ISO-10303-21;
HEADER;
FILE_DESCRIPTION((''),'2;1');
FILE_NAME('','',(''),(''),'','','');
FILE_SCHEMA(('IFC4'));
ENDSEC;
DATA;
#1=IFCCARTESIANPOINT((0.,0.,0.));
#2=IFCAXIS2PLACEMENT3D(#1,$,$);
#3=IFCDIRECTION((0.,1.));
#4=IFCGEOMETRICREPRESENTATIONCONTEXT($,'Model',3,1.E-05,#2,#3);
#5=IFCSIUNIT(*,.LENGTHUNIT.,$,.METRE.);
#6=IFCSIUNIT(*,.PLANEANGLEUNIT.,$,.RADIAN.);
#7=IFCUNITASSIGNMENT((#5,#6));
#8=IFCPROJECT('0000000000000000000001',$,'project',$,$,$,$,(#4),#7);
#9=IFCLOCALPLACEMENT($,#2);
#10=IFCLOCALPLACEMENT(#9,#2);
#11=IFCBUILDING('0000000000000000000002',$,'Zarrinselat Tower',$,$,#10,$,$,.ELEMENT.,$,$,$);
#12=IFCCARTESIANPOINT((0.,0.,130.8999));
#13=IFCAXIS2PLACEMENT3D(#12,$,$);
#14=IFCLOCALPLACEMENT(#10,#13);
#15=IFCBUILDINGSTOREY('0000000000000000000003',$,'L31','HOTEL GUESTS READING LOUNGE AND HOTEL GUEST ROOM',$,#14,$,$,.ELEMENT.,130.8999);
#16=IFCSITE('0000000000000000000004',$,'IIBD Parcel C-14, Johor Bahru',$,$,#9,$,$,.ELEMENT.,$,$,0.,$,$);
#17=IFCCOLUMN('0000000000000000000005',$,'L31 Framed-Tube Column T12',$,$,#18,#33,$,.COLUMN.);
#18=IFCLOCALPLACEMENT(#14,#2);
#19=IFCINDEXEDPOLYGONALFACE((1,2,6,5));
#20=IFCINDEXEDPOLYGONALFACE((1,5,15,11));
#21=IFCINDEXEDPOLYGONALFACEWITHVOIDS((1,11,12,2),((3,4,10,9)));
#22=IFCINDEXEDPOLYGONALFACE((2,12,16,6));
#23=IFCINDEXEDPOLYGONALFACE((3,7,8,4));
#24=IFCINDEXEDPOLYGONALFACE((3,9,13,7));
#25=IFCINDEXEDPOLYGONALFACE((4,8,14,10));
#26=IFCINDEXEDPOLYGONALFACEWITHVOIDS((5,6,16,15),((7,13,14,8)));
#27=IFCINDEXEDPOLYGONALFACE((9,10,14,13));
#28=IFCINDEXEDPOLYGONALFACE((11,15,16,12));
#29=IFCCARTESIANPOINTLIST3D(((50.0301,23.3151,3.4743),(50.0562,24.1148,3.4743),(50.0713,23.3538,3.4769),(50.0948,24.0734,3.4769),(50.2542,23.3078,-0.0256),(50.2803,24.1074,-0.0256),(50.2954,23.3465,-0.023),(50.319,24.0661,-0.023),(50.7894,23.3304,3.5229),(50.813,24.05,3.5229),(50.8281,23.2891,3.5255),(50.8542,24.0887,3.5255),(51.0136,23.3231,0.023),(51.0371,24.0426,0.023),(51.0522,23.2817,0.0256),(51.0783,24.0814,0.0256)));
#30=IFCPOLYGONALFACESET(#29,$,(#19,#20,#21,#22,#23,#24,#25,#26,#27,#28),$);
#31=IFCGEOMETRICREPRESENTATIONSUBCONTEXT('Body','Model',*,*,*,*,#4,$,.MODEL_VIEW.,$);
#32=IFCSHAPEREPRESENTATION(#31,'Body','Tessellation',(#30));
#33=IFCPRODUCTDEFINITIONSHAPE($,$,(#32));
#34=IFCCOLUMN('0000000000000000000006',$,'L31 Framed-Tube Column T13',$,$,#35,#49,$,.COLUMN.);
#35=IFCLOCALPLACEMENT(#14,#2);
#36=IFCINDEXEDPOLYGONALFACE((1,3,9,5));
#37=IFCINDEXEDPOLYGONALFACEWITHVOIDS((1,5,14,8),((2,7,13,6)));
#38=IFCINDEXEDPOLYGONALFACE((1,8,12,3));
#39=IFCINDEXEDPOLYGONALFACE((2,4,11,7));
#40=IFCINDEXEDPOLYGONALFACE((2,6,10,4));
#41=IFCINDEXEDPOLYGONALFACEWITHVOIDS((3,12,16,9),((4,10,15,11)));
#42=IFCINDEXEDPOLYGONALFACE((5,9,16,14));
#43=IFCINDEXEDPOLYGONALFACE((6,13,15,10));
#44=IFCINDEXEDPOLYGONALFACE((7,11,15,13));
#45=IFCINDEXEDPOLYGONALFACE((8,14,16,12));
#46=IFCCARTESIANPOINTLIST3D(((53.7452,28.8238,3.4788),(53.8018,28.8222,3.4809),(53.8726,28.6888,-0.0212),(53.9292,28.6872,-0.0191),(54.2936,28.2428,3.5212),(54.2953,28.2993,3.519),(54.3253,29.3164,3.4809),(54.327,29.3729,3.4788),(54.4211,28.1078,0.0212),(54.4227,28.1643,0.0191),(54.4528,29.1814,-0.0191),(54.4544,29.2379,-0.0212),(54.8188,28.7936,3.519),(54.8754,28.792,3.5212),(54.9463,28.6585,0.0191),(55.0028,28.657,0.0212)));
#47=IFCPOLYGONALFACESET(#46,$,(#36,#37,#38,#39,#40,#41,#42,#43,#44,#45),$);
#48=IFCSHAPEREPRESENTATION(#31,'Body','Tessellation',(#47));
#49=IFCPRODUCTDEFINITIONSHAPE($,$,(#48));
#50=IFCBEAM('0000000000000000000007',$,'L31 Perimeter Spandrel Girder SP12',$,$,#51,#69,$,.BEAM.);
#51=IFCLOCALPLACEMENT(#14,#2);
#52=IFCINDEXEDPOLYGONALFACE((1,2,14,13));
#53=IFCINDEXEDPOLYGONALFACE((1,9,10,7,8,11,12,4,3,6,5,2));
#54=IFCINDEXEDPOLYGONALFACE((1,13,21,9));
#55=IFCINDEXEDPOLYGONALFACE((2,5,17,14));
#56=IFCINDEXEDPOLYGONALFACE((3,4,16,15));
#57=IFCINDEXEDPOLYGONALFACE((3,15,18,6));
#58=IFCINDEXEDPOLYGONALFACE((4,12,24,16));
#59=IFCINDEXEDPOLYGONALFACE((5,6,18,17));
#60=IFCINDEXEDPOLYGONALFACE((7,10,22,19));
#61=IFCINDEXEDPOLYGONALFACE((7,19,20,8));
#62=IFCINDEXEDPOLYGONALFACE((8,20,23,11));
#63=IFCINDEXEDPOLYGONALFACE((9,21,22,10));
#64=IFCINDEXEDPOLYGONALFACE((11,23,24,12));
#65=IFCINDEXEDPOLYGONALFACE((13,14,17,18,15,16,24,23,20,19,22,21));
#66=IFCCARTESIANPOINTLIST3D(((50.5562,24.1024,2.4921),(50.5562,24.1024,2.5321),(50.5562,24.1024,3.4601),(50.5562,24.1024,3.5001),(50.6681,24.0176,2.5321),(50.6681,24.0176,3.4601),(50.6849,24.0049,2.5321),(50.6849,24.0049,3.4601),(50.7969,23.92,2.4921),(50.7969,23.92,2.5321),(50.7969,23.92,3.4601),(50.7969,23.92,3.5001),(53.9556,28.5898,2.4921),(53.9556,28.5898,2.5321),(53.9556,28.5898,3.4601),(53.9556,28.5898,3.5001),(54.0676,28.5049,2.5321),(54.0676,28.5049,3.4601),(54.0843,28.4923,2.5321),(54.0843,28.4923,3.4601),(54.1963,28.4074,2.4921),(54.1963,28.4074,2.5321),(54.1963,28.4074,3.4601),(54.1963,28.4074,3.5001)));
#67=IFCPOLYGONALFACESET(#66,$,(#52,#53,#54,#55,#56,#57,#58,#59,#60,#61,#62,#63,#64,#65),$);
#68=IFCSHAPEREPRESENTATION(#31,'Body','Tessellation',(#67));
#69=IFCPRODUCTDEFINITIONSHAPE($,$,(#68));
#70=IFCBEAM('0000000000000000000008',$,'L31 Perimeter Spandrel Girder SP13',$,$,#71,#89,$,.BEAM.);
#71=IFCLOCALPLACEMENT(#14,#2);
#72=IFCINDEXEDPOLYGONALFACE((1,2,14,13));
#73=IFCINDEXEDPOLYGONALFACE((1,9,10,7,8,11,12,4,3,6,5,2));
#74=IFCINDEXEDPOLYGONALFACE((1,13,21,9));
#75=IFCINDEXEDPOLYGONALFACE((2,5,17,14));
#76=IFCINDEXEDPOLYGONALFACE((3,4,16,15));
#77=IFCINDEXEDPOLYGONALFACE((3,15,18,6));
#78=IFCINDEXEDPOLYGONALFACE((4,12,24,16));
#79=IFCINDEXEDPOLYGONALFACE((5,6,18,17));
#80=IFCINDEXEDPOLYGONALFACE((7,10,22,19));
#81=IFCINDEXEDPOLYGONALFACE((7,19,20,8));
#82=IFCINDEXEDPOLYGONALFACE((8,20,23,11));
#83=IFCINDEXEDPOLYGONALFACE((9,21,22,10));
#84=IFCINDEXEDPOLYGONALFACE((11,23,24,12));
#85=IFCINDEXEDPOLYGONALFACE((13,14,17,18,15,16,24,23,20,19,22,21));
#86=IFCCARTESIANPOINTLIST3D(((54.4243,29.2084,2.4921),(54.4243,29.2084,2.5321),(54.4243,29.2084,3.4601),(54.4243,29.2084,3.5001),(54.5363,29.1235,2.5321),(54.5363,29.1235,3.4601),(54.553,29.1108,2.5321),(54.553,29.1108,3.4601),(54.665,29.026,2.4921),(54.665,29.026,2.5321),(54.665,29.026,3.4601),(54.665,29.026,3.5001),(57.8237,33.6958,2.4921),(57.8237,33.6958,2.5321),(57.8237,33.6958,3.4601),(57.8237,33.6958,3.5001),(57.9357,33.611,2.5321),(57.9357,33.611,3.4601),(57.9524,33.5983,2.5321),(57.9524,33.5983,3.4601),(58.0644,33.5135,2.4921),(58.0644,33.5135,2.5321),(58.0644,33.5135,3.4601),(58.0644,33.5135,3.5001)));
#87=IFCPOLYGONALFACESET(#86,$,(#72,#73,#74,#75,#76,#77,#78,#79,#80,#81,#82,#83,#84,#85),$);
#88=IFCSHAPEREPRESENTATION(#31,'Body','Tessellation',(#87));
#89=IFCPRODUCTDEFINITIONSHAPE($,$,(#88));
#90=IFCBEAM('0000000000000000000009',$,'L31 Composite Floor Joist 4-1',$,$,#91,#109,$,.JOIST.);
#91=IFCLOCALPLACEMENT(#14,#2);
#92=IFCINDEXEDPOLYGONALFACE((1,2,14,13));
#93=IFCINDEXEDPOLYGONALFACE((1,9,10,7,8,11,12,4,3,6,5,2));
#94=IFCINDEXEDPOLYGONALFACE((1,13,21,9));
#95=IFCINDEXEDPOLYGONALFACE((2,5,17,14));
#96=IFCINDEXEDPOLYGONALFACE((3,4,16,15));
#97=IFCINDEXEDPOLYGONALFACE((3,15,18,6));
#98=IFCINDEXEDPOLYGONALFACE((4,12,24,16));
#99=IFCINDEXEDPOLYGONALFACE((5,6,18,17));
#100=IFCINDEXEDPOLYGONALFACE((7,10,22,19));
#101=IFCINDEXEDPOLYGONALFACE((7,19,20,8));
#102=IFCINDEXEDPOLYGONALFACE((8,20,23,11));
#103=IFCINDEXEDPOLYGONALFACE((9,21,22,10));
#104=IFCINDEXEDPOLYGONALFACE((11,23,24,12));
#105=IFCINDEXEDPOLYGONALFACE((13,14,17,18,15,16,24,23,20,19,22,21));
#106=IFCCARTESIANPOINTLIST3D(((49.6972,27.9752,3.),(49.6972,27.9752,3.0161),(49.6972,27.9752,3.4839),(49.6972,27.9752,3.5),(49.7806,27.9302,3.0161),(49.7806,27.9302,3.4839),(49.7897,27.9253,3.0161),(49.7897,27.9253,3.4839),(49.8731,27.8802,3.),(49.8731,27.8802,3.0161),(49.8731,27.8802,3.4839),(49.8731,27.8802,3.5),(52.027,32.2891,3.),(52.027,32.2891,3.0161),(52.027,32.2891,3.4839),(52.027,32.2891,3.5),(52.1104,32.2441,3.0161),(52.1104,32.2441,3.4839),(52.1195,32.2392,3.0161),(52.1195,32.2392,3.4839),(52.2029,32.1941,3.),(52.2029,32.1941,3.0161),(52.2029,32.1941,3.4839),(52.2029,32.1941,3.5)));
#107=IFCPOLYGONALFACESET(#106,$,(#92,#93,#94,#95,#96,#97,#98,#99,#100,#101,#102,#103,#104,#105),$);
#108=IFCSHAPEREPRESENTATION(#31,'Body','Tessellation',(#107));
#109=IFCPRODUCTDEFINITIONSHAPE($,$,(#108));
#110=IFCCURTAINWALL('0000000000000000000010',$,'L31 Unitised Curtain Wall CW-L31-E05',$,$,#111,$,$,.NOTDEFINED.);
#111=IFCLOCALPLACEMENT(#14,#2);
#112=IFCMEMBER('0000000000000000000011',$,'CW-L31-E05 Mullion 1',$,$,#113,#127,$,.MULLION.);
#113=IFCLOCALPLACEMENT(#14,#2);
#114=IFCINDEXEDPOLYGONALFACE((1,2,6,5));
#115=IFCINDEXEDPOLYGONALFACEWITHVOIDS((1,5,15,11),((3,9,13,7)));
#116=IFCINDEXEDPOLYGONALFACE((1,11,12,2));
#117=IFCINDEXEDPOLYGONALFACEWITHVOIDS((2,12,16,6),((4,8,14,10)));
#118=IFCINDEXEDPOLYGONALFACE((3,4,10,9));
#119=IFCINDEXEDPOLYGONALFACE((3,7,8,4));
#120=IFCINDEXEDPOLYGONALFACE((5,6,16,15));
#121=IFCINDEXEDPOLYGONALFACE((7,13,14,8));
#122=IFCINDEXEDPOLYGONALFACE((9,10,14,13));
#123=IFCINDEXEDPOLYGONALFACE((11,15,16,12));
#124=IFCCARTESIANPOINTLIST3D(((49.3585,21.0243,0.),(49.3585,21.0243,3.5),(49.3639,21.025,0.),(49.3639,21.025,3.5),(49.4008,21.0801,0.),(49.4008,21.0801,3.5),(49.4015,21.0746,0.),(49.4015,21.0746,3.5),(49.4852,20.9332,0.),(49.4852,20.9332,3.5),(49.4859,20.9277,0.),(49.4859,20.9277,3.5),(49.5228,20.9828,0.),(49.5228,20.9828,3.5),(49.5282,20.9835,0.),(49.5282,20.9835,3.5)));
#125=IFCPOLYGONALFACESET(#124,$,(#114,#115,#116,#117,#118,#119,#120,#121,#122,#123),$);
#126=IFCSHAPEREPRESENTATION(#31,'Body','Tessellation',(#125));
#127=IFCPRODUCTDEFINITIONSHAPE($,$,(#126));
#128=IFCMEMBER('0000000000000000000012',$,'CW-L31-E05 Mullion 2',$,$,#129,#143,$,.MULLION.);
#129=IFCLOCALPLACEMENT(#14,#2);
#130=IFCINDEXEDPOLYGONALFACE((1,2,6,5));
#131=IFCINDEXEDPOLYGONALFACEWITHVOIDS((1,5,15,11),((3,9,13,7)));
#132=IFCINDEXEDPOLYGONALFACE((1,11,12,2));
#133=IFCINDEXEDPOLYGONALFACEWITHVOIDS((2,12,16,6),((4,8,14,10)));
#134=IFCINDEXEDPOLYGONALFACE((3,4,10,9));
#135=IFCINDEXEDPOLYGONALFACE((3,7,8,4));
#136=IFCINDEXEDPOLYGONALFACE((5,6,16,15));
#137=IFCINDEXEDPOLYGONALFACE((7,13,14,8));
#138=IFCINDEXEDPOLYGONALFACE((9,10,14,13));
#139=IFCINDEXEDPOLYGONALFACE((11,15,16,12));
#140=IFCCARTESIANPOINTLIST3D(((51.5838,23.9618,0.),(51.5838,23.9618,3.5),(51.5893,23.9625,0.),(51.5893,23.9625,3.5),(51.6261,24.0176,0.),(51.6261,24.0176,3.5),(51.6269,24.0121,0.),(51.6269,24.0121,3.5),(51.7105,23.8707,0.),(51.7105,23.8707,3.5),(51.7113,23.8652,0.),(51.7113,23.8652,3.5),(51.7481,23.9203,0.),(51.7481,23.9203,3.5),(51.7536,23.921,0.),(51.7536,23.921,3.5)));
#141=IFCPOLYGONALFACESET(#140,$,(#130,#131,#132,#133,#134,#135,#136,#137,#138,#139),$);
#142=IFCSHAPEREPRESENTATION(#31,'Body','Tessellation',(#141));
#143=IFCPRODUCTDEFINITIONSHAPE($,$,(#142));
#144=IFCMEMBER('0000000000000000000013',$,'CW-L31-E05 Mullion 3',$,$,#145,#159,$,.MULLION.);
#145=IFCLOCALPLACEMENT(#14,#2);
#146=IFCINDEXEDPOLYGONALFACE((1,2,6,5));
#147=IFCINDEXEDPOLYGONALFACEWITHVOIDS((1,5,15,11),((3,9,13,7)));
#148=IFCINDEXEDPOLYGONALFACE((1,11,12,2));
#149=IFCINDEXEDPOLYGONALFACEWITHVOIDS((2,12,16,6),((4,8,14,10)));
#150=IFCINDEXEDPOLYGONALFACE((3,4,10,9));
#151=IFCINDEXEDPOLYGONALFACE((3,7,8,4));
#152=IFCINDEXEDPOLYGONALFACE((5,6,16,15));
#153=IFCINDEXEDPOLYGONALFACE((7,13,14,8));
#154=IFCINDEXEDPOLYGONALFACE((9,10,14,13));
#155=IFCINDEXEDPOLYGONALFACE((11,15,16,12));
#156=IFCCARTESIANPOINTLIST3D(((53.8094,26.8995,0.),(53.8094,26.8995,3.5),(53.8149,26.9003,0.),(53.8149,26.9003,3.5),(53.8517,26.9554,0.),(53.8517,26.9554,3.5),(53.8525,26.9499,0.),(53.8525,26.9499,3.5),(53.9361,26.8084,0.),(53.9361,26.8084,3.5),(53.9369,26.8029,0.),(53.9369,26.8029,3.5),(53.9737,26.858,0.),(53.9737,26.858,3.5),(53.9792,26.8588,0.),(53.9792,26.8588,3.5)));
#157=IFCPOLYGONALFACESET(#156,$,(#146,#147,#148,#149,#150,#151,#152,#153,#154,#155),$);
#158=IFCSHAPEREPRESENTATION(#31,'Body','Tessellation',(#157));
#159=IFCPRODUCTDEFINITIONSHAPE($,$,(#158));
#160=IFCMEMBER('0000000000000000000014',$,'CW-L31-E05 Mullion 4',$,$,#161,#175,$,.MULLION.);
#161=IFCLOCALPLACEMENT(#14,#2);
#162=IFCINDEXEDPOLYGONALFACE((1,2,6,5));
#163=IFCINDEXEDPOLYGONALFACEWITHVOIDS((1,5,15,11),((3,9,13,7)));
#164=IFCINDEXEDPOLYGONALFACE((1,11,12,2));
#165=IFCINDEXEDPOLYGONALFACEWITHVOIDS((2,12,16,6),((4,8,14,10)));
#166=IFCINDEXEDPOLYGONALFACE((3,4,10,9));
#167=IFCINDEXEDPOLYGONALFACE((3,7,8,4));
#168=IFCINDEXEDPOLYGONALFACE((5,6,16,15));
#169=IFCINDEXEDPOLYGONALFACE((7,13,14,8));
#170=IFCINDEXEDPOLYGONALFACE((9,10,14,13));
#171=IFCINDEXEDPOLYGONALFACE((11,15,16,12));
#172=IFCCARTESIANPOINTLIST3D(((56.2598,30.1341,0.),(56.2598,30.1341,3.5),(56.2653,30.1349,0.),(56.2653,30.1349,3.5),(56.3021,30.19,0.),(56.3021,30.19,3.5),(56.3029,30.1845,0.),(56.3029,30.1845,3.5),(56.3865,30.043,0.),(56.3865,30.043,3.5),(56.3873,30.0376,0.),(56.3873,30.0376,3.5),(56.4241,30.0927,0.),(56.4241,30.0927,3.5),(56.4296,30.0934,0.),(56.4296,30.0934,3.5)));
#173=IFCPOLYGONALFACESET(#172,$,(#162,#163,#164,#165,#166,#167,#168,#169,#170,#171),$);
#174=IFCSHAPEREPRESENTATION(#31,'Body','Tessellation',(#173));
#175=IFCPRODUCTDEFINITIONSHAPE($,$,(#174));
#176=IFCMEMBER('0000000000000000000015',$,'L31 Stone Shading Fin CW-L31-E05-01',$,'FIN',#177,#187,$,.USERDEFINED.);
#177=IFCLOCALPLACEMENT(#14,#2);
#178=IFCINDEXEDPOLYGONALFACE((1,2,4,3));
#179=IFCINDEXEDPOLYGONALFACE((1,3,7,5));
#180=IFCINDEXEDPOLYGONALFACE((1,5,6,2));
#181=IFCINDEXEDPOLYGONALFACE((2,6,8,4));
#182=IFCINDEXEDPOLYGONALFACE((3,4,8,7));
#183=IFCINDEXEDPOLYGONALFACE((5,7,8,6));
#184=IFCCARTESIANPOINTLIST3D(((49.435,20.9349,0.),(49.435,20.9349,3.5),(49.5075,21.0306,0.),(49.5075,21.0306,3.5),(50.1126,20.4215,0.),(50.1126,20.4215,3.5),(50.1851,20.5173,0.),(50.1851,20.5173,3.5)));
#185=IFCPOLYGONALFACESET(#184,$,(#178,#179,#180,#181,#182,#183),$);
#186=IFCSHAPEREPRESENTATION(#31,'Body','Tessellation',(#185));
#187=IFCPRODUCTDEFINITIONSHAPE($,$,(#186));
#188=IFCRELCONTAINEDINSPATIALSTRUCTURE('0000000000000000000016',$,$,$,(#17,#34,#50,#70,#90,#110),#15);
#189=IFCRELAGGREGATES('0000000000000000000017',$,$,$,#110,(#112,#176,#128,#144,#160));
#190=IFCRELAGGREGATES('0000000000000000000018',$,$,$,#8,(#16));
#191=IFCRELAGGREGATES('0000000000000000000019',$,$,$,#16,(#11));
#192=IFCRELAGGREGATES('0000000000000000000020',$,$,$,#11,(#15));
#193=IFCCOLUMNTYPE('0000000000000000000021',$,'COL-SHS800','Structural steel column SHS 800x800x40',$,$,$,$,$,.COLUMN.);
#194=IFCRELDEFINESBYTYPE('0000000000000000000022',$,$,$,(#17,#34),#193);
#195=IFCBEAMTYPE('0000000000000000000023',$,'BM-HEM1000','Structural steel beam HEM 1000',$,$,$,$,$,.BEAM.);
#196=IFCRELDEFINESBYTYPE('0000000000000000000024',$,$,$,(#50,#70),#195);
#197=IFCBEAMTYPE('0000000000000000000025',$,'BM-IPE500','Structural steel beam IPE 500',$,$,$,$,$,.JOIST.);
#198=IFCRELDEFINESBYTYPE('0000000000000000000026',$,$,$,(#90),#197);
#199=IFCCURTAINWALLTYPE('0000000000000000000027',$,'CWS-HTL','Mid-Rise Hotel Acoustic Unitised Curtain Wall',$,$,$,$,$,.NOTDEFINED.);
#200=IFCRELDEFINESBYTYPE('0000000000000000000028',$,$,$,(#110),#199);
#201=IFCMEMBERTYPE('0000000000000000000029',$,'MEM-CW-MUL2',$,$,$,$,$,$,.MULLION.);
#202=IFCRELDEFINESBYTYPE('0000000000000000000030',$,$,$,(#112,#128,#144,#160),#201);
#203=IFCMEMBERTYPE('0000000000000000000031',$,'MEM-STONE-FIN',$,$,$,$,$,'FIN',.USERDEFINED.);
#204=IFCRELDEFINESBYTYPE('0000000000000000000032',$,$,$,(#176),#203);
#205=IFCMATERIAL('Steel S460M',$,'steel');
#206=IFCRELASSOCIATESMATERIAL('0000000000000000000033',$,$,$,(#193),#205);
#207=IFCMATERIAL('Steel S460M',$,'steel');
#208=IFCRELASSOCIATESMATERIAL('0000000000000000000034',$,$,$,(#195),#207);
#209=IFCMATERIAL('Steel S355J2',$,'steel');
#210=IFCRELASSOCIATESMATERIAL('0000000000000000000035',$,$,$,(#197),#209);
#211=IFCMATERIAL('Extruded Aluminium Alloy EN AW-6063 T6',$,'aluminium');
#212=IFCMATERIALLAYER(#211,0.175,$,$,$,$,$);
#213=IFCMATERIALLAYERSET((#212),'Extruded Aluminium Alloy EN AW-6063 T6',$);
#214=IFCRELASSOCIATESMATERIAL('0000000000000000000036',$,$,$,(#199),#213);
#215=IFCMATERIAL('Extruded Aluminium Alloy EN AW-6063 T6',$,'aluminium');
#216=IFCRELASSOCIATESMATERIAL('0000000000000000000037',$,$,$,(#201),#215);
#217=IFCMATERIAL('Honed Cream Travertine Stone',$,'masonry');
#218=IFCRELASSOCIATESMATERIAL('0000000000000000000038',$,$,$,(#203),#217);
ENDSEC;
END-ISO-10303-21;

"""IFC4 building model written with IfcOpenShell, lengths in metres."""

from ifc_helpers import new_model, si_unit, direction, frame, origin, origin_2d, place, context, subcontext, project, spatial, rectangle, hollow_rectangle, i_section, extrude, material, layer, layer_set, material_profile, profile_set, type_object, element, aggregate, save


model = new_model("IFC4")

# Units and contexts
model_context = context("Model", 3, precision=1e-05, world=origin(), true_north=direction((0.0, 1.0)))
body_context = subcontext(model_context, "Body", "Model", "MODEL_VIEW")
ifc_project = project(units=[si_unit("LENGTHUNIT", "METRE"), si_unit("PLANEANGLEUNIT", "RADIAN")], contexts=[model_context])

# Site, building, storey
site_placement = place(None, origin())
site = spatial("IfcSite", under=ifc_project, at=site_placement, Name="IIBD Parcel C-14, Johor Bahru", CompositionType="ELEMENT", RefElevation=0.0)
building_placement = place(site_placement, origin())
building = spatial("IfcBuilding", under=site, at=building_placement, Name="Zarrinselat Tower", CompositionType="ELEMENT")
storey_placement = place(building_placement, frame((0.0, 0.0, 130.8999)))
storey = spatial("IfcBuildingStorey", under=building, at=storey_placement, Name="L31", Description="HOTEL GUESTS READING LOUNGE AND HOTEL GUEST ROOM", CompositionType="ELEMENT", Elevation=130.8999)

# Columns
ifc_material_1 = material(Name="Steel S460M", Category="steel")
ifc_material_profile_1 = material_profile(ifc_material_1, hollow_rectangle(XDim=0.8, YDim=0.8, WallThickness=0.04, at=origin_2d()), Name="SHS 800x800x40")
ifc_profile_set_1 = profile_set([ifc_material_profile_1], Name="Steel S460M")
column_type = type_object("IfcColumnType", Name="COL-SHS800", Description="Structural steel column SHS 800x800x40", PredefinedType="COLUMN", material=ifc_profile_set_1)
column_1_placement = place(storey_placement, frame((50.6663, 23.6946, 0.0), z_axis=(-0.063904, 0.002088, 0.997954), x_axis=(-0.032662, -0.999466, 0.0)))
element("IfcColumn", 1, at=column_1_placement, inside=storey, type_object=column_type, Name="L31 Framed-Tube Column T12", PredefinedType="COLUMN", context=body_context, shape_type="SweptSolid", body=[
    extrude(hollow_rectangle(XDim=0.8, YDim=0.8, WallThickness=0.04, at=origin_2d()), origin(), (0.0, 0.0, 1.0), 3.5071),
])
column_2_placement = place(storey_placement, frame((54.4377, 28.6729, 0.0), z_axis=(-0.036361, 0.03852, 0.998596), x_axis=(-0.727195, -0.68643, 0.0)))
element("IfcColumn", 2, at=column_2_placement, inside=storey, type_object=column_type, Name="L31 Framed-Tube Column T13", PredefinedType="COLUMN", context=body_context, shape_type="SweptSolid", body=[
    extrude(hollow_rectangle(XDim=0.8, YDim=0.8, WallThickness=0.04, at=origin_2d()), origin(), (0.0, 0.0, 1.0), 3.5049),
])

# Beams
ifc_material_2 = material(Name="Steel S460M", Category="steel")
ifc_material_profile_2 = material_profile(ifc_material_2, i_section(OverallWidth=0.302, OverallDepth=1.0081, WebThickness=0.021, FlangeThickness=0.04, at=origin_2d()), Name="HEM 1000")
ifc_profile_set_2 = profile_set([ifc_material_profile_2], Name="Steel S460M")
beam_type_1 = type_object("IfcBeamType", Name="BM-HEM1000", Description="Structural steel beam HEM 1000", PredefinedType="BEAM", material=ifc_profile_set_2)
for number, where, z_axis, x_axis, name in (
    (3, (50.6765, 24.0112, 2.9961), (0.603851, 0.797097, 0.0), (-0.797097, 0.603851, 0.0), "L31 Perimeter Spandrel Girder SP12"),
    (4, (54.5447, 29.1172, 2.9961), (0.60383, 0.797113, 0.0), (-0.797113, 0.60383, 0.0), "L31 Perimeter Spandrel Girder SP13"),
):
    element("IfcBeam", number, at=place(storey_placement, frame(where, z_axis=z_axis, x_axis=x_axis)), inside=storey, type_object=beam_type_1, Name=name, PredefinedType="BEAM", context=body_context, shape_type="SweptSolid", body=[
        extrude(i_section(OverallWidth=0.302, OverallDepth=1.0081, WebThickness=0.021, FlangeThickness=0.04, at=origin_2d()), origin(), (0.0, 0.0, 1.0), 5.6296),
    ])
ifc_material_3 = material(Name="Steel S355J2", Category="steel")
ifc_material_profile_3 = material_profile(ifc_material_3, i_section(OverallWidth=0.2, OverallDepth=0.5, WebThickness=0.0103, FlangeThickness=0.0161, at=origin_2d()), Name="IPE 500")
ifc_profile_set_3 = profile_set([ifc_material_profile_3], Name="Steel S355J2")
beam_type_2 = type_object("IfcBeamType", Name="BM-IPE500", Description="Structural steel beam IPE 500", PredefinedType="JOIST", material=ifc_profile_set_3)
beam_placement = place(storey_placement, frame((49.7852, 27.9277, 3.25), z_axis=(0.475195, 0.87988, 0.0), x_axis=(-0.87988, 0.475195, 0.0)))
element("IfcBeam", 5, at=beam_placement, inside=storey, type_object=beam_type_2, Name="L31 Composite Floor Joist 4-1", PredefinedType="JOIST", context=body_context, shape_type="SweptSolid", body=[
    extrude(i_section(OverallWidth=0.2, OverallDepth=0.5, WebThickness=0.0103, FlangeThickness=0.0161, at=origin_2d()), origin(), (0.0, 0.0, 1.0), 4.9028),
])

# Curtain wall, members
ifc_material_4 = material(Name="Extruded Aluminium Alloy EN AW-6063 T6", Category="aluminium")
ifc_layer_1 = layer(ifc_material_4, 0.175)
ifc_layer_set_1 = layer_set([ifc_layer_1], Name="Extruded Aluminium Alloy EN AW-6063 T6")
curtain_wall_type = type_object("IfcCurtainWallType", Name="CWS-HTL", Description="Mid-Rise Hotel Acoustic Unitised Curtain Wall", PredefinedType="NOTDEFINED", material=ifc_layer_set_1)
curtain_wall_placement = place(storey_placement, origin())
curtain_wall = element("IfcCurtainWall", 6, at=curtain_wall_placement, inside=storey, type_object=curtain_wall_type, Name="L31 Unitised Curtain Wall CW-L31-E05", PredefinedType="NOTDEFINED")
ifc_material_5 = material(Name="Extruded Aluminium Alloy EN AW-6063 T6", Category="aluminium")
ifc_material_profile_4 = material_profile(ifc_material_5, hollow_rectangle(XDim=0.0701, YDim=0.1599, WallThickness=0.0039, at=origin_2d()), Name="RHS 160x70x4")
ifc_profile_set_4 = profile_set([ifc_material_profile_4], Name="Extruded Aluminium Alloy EN AW-6063 T6")
member_type_1 = type_object("IfcMemberType", Name="MEM-CW-MUL2", PredefinedType="MULLION", material=ifc_profile_set_4)
member_1_placement = place(storey_placement, frame((49.4434, 21.0039, 0.0), z_axis=(0.0, 0.0, 1.0), x_axis=(0.603858, 0.797092, 0.0)))
member_1 = element("IfcMember", 7, at=member_1_placement, type_object=member_type_1, Name="CW-L31-E05 Mullion 1", PredefinedType="MULLION", context=body_context, shape_type="SweptSolid", body=[
    extrude(hollow_rectangle(XDim=0.0701, YDim=0.1599, WallThickness=0.0039, at=origin_2d()), origin(), (0.0, 0.0, 1.0), 3.5),
])
member_2_placement = place(storey_placement, frame((51.6687, 23.9414, 0.0), z_axis=(0.0, 0.0, 1.0), x_axis=(0.603858, 0.797092, 0.0)))
member_2 = element("IfcMember", 8, at=member_2_placement, type_object=member_type_1, Name="CW-L31-E05 Mullion 2", PredefinedType="MULLION", context=body_context, shape_type="SweptSolid", body=[
    extrude(hollow_rectangle(XDim=0.0701, YDim=0.1599, WallThickness=0.0039, at=origin_2d()), origin(), (0.0, 0.0, 1.0), 3.5),
])
member_3_placement = place(storey_placement, frame((53.8943, 26.8792, 0.0), z_axis=(0.0, 0.0, 1.0), x_axis=(0.603858, 0.797092, 0.0)))
member_3 = element("IfcMember", 9, at=member_3_placement, type_object=member_type_1, Name="CW-L31-E05 Mullion 3", PredefinedType="MULLION", context=body_context, shape_type="SweptSolid", body=[
    extrude(hollow_rectangle(XDim=0.0701, YDim=0.1599, WallThickness=0.0039, at=origin_2d()), origin(), (0.0, 0.0, 1.0), 3.5),
])
member_4_placement = place(storey_placement, frame((56.3447, 30.1138, 0.0), z_axis=(0.0, 0.0, 1.0), x_axis=(0.603858, 0.797092, 0.0)))
member_4 = element("IfcMember", 10, at=member_4_placement, type_object=member_type_1, Name="CW-L31-E05 Mullion 4", PredefinedType="MULLION", context=body_context, shape_type="SweptSolid", body=[
    extrude(hollow_rectangle(XDim=0.0701, YDim=0.1599, WallThickness=0.0039, at=origin_2d()), origin(), (0.0, 0.0, 1.0), 3.5),
])
ifc_material_6 = material(Name="Honed Cream Travertine Stone", Category="masonry")
ifc_material_profile_5 = material_profile(ifc_material_6, rectangle(XDim=0.1201, YDim=0.8501, at=origin_2d()), Name="FIN 850x120")
ifc_profile_set_5 = profile_set([ifc_material_profile_5], Name="Honed Cream Travertine Stone")
member_type_2 = type_object("IfcMemberType", Name="MEM-STONE-FIN", ElementType="FIN", PredefinedType="USERDEFINED", material=ifc_profile_set_5)
member_5_placement = place(storey_placement, frame((49.8101, 20.7261, 0.0), z_axis=(0.0, 0.0, 1.0), x_axis=(-0.603858, -0.797092, 0.0)))
member_5 = element("IfcMember", 11, at=member_5_placement, type_object=member_type_2, Name="L31 Stone Shading Fin CW-L31-E05-01", ObjectType="FIN", PredefinedType="USERDEFINED", context=body_context, shape_type="SweptSolid", body=[
    extrude(rectangle(XDim=0.1201, YDim=0.8501, at=origin_2d()), origin(), (0.0, 0.0, 1.0), 3.5),
])
aggregate(curtain_wall, [member_1, member_5, member_2, member_3, member_4])

save(model, "model.ifc")
